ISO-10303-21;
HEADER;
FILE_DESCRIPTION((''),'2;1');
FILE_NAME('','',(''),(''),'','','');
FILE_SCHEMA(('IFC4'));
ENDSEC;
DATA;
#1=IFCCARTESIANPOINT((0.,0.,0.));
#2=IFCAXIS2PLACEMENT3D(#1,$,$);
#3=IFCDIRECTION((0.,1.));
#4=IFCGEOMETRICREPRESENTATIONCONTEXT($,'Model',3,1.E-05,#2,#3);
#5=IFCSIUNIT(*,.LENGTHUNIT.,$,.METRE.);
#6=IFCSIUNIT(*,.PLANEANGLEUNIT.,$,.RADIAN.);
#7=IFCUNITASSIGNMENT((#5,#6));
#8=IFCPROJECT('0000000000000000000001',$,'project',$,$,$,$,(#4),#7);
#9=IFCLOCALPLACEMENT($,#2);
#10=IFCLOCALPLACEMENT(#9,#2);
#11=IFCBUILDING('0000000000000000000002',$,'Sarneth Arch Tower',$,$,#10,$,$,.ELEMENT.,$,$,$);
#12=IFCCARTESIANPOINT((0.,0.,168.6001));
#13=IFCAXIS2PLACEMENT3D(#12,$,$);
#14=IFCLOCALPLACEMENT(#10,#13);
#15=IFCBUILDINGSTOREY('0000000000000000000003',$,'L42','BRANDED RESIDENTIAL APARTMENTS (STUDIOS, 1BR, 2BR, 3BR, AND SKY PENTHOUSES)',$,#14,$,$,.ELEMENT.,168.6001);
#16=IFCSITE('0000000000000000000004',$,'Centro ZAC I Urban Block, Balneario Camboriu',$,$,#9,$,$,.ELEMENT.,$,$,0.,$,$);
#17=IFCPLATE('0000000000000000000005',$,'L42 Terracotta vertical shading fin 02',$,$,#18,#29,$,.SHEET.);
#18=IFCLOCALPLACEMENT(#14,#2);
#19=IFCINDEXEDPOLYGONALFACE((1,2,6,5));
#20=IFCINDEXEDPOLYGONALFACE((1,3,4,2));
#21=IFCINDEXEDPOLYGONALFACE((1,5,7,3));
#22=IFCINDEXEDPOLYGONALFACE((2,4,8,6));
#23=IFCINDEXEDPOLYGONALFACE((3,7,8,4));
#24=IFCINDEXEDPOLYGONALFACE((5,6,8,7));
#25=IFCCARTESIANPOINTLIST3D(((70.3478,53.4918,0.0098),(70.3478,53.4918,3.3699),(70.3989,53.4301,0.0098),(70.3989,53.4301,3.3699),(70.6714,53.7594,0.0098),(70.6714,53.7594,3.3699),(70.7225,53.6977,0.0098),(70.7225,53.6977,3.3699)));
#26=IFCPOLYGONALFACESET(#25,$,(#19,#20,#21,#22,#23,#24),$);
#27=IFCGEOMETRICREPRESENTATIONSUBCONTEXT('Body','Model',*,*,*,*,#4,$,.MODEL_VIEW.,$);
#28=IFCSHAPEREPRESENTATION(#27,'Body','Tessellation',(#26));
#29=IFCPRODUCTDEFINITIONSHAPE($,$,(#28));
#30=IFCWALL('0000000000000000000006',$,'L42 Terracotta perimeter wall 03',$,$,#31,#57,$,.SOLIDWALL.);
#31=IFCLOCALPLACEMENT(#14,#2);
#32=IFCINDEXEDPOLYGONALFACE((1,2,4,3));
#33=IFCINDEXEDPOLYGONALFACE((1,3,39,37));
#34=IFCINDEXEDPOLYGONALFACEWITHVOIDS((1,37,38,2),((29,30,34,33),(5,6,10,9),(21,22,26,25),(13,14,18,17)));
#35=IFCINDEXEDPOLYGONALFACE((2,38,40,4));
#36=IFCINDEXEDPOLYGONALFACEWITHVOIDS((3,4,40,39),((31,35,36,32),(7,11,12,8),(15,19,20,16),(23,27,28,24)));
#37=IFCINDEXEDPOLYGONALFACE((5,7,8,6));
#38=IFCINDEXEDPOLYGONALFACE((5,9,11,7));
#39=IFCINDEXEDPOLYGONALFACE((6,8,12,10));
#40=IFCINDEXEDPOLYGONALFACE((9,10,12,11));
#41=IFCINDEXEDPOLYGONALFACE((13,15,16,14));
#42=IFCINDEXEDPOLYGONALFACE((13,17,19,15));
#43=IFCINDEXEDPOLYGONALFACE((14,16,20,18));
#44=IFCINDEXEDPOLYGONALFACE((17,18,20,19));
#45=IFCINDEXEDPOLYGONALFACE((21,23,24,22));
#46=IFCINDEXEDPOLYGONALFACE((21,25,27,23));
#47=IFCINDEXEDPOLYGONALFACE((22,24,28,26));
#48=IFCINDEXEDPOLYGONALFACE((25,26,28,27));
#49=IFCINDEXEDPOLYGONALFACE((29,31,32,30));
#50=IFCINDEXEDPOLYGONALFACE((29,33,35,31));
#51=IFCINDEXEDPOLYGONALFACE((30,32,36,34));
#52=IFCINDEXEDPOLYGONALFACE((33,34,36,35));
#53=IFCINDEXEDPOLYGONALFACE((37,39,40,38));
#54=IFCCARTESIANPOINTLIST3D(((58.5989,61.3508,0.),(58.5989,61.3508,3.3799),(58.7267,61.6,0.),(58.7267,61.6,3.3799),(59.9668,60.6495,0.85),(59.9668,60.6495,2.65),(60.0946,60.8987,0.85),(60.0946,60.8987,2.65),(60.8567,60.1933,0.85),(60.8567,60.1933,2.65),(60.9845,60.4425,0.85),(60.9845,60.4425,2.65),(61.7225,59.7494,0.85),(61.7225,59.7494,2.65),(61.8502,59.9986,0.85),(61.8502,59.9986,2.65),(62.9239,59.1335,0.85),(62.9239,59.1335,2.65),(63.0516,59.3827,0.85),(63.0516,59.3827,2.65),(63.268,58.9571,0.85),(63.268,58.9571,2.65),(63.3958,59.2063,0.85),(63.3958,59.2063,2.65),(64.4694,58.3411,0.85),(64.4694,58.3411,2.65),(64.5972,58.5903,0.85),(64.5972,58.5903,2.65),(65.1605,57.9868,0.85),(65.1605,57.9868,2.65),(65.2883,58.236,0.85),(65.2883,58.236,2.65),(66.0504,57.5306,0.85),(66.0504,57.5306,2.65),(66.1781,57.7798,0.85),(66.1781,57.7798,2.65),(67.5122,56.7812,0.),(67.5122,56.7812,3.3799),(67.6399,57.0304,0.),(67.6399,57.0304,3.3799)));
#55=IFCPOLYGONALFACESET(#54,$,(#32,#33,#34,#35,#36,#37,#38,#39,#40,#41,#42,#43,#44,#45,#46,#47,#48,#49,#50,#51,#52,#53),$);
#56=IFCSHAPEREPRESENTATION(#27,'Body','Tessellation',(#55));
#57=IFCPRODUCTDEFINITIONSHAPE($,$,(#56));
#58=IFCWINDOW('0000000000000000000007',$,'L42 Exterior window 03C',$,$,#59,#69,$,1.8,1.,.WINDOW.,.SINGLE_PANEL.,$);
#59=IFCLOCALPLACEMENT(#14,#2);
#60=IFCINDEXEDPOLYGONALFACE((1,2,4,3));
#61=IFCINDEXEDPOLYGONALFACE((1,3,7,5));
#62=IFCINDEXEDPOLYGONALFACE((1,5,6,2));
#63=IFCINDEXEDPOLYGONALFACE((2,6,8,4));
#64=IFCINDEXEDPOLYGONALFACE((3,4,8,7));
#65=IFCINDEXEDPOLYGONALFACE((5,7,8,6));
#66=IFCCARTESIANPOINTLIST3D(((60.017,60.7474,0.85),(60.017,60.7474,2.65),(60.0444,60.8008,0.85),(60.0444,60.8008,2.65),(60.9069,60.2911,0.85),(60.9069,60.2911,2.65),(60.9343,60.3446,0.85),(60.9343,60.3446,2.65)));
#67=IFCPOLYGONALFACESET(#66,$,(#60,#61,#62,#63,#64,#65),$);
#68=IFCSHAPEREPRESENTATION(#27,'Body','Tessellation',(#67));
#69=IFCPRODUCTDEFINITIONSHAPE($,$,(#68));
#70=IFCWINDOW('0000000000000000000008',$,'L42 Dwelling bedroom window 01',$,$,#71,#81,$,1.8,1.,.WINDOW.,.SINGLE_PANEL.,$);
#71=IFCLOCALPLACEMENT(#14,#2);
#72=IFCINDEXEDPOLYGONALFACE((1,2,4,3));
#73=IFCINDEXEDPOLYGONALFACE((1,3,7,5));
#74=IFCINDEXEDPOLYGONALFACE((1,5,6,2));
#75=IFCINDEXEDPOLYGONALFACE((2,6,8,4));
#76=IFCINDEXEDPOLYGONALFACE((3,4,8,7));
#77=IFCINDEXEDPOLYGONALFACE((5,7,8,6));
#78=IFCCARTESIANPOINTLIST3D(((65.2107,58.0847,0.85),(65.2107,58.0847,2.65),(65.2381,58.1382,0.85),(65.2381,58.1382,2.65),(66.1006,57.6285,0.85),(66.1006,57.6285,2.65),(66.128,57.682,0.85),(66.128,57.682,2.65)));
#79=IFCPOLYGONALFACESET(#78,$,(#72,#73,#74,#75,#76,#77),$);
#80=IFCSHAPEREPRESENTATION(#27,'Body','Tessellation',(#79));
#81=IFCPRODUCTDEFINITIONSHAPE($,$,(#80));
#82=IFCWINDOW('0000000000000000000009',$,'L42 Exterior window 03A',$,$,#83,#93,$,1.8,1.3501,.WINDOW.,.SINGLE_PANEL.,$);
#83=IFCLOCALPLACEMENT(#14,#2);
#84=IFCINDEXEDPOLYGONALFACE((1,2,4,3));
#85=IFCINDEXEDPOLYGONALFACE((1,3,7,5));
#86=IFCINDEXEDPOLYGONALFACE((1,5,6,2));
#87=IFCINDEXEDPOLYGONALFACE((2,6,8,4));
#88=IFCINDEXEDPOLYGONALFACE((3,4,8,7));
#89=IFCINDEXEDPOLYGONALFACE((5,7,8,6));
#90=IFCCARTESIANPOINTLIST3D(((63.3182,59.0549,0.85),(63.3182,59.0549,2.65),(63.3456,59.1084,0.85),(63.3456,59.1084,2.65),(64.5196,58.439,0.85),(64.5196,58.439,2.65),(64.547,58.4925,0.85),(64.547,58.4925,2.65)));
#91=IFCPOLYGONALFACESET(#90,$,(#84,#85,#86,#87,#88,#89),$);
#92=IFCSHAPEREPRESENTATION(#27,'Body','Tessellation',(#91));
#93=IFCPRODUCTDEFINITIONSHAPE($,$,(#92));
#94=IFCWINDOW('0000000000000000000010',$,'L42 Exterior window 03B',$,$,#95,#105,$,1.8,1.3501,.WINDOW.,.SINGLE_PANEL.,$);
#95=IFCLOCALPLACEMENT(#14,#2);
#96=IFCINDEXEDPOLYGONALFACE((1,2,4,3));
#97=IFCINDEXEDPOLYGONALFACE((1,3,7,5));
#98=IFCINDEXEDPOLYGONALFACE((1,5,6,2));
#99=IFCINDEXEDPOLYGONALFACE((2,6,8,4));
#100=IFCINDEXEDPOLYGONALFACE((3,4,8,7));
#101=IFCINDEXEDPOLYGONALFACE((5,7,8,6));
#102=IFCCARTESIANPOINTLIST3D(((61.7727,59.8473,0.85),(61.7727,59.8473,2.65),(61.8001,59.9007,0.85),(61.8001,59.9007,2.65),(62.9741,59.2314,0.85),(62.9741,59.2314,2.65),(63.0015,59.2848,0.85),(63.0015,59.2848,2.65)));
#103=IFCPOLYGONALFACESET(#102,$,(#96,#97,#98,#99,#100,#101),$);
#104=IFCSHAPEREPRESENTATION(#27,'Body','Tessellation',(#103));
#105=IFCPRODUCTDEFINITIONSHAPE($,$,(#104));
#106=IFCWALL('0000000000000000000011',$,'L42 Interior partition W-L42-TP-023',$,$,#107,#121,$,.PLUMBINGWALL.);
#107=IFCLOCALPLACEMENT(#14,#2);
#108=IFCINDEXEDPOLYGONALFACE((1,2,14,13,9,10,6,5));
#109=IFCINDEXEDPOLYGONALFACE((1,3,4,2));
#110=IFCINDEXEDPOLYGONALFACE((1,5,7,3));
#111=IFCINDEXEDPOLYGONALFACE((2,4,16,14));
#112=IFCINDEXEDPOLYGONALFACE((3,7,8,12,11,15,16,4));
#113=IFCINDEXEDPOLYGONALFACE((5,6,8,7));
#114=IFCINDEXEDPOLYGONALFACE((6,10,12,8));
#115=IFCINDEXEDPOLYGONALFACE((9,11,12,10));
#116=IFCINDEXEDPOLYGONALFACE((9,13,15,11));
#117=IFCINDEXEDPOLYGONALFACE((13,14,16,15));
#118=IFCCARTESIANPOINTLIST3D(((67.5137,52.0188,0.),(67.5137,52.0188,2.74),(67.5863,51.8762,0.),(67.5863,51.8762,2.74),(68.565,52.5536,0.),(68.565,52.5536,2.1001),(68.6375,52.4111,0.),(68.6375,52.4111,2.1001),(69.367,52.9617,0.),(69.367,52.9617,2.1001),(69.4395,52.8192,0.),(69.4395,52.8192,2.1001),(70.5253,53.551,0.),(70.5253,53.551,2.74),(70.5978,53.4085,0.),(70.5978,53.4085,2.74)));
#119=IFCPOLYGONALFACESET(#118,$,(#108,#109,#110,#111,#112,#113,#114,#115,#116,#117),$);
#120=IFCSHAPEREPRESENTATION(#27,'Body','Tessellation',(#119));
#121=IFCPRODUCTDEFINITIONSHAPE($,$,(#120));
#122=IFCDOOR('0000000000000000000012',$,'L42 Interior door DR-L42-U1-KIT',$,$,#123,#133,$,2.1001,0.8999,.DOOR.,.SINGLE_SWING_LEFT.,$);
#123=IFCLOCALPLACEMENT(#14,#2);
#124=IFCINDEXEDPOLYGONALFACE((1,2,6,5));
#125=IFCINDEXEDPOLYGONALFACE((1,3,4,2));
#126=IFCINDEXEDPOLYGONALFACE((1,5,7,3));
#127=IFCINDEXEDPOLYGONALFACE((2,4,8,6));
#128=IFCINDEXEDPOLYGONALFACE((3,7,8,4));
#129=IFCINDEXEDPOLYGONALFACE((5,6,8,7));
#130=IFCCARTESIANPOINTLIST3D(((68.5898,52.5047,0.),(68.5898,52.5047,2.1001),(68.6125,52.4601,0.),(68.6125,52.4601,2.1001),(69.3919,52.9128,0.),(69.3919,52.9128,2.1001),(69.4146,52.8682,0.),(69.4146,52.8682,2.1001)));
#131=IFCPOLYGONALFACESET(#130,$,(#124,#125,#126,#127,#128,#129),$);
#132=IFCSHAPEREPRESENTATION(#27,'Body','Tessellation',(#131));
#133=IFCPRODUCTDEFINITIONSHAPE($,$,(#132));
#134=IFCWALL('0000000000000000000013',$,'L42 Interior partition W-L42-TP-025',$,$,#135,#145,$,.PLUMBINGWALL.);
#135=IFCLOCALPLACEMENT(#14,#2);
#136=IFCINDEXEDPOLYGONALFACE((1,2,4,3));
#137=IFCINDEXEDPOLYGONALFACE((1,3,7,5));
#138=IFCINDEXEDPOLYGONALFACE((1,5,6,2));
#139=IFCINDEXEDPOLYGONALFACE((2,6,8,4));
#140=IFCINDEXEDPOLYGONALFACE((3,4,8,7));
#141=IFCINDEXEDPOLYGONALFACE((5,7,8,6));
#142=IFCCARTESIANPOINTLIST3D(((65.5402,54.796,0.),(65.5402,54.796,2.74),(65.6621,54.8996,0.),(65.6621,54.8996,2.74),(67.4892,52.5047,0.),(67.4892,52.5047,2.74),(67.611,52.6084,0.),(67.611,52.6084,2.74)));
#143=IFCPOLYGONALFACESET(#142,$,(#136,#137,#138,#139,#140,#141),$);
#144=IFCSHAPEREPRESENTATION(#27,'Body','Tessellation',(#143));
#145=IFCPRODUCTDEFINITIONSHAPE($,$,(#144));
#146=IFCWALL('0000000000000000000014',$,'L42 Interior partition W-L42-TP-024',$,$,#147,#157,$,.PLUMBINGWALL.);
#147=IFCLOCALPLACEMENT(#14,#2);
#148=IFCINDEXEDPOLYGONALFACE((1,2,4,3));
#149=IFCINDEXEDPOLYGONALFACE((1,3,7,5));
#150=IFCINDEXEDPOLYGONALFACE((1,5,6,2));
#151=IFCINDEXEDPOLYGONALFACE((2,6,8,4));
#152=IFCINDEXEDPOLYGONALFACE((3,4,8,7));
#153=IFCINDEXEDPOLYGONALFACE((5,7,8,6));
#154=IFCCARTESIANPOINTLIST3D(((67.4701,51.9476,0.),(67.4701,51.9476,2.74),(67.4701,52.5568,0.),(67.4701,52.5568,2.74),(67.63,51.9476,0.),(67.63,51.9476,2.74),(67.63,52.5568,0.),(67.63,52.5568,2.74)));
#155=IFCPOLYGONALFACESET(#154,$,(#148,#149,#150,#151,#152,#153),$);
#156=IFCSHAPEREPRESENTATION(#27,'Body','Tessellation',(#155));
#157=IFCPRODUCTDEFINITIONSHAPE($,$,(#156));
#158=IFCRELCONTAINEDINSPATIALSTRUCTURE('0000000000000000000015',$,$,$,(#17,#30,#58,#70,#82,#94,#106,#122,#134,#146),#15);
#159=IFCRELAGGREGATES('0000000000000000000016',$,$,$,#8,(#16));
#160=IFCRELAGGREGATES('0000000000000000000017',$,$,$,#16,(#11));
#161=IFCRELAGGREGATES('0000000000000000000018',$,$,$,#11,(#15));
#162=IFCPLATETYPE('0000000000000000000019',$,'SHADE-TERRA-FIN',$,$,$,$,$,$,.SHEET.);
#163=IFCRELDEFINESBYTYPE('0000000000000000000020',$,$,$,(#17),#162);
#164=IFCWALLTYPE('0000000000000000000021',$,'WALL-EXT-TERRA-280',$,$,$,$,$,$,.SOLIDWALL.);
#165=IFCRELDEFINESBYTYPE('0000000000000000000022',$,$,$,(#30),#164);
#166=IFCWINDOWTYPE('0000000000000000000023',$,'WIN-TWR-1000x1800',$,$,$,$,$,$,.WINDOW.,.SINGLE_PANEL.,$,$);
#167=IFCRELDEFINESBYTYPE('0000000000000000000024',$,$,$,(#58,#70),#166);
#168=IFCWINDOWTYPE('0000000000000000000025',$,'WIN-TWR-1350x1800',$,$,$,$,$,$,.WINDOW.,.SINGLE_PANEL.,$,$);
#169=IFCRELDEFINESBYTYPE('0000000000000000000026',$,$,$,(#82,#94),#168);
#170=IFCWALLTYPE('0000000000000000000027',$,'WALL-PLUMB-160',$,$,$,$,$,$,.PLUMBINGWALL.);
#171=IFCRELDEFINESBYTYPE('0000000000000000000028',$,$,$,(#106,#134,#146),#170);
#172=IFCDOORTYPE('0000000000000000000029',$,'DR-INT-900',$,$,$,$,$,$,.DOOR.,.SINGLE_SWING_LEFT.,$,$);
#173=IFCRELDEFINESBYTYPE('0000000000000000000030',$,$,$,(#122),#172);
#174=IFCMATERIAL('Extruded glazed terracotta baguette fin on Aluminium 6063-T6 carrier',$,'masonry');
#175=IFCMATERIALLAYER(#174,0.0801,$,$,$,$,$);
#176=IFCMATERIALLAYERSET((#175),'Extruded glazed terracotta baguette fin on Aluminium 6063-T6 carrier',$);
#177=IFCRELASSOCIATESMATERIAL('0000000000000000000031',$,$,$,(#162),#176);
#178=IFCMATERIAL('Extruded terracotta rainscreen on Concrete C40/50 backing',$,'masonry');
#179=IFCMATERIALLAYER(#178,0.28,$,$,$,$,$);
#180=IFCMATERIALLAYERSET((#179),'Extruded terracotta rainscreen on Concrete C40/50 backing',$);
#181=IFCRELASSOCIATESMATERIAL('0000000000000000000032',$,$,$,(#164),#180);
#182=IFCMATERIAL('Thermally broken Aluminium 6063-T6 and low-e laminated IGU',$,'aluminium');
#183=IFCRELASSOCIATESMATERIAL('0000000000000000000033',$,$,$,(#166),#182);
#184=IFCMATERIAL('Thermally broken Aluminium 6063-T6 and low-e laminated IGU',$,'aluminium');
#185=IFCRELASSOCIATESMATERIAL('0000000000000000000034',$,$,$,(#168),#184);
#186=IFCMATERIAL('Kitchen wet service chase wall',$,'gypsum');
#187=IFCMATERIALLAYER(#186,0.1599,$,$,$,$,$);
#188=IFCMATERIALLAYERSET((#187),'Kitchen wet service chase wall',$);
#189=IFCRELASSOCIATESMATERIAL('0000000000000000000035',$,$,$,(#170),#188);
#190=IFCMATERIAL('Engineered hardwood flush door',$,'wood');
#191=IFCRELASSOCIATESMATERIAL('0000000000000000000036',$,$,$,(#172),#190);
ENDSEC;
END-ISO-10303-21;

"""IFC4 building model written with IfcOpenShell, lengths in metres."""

from ifc_helpers import new_model, si_unit, direction, frame, frame_2d, origin, origin_2d, place, context, subcontext, project, spatial, rectangle, extrude, material, layer, layer_set, type_object, element, fill, save


model = new_model("IFC4")

# Units and contexts
model_context = context("Model", 3, precision=1e-05, world=origin(), true_north=direction((0.0, 1.0)))
body_context = subcontext(model_context, "Body", "Model", "MODEL_VIEW")
ifc_project = project(units=[si_unit("LENGTHUNIT", "METRE"), si_unit("PLANEANGLEUNIT", "RADIAN")], contexts=[model_context])

# Site, building, storey
site_placement = place(None, origin())
site = spatial("IfcSite", under=ifc_project, at=site_placement, Name="Centro ZAC I Urban Block, Balneario Camboriu", CompositionType="ELEMENT", RefElevation=0.0)
building_placement = place(site_placement, origin())
building = spatial("IfcBuilding", under=site, at=building_placement, Name="Sarneth Arch Tower", CompositionType="ELEMENT")
storey_placement = place(building_placement, frame((0.0, 0.0, 168.6001)))
storey = spatial("IfcBuildingStorey", under=building, at=storey_placement, Name="L42", Description="BRANDED RESIDENTIAL APARTMENTS (STUDIOS, 1BR, 2BR, 3BR, AND SKY PENTHOUSES)", CompositionType="ELEMENT", Elevation=168.6001)

# Plate
ifc_material_1 = material(Name="Extruded glazed terracotta baguette fin on Aluminium 6063-T6 carrier", Category="masonry")
ifc_layer_1 = layer(ifc_material_1, 0.0801)
ifc_layer_set_1 = layer_set([ifc_layer_1], Name="Extruded glazed terracotta baguette fin on Aluminium 6063-T6 carrier")
plate_type_1 = type_object("IfcPlateType", Name="SHADE-TERRA-FIN", PredefinedType="SHEET", material=ifc_layer_set_1)
plate_1_placement = place(storey_placement, frame((70.5352, 53.5947, 0.0098), z_axis=(0.0, 0.0, 1.0), x_axis=(0.770624, 0.63729, 0.0)))
element("IfcPlate", 1, at=plate_1_placement, inside=storey, type_object=plate_type_1, Name="L42 Terracotta vertical shading fin 02", PredefinedType="SHEET", context=body_context, shape_type="SweptSolid", body=[
    extrude(rectangle(XDim=0.4199, YDim=0.0801, at=origin_2d()), origin(), (0.0, 0.0, 1.0), 3.3601),
])

# Wall, openings, windows
ifc_material_2 = material(Name="Extruded terracotta rainscreen on Concrete C40/50 backing", Category="masonry")
ifc_layer_2 = layer(ifc_material_2, 0.28)
ifc_layer_set_2 = layer_set([ifc_layer_2], Name="Extruded terracotta rainscreen on Concrete C40/50 backing")
wall_type_1 = type_object("IfcWallType", Name="WALL-EXT-TERRA-280", PredefinedType="SOLIDWALL", material=ifc_layer_set_2)
wall_1_placement = place(storey_placement, frame((67.5762, 56.9058, 0.0), z_axis=(0.0, 0.0, 1.0), x_axis=(-0.889873, 0.456209, 0.0)))
wall_1 = element("IfcWall", 2, at=wall_1_placement, inside=storey, type_object=wall_type_1, Name="L42 Terracotta perimeter wall 03", PredefinedType="SOLIDWALL", context=body_context, shape_type="SweptSolid", body=[
    extrude(rectangle(XDim=10.0164, YDim=0.28, at=frame_2d((5.0083, 0.0))), origin(), (0.0, 0.0, 1.0), 3.3799),
])
opening_1_placement = place(wall_1_placement, frame((3.4194, 0.0, 0.8501)))
opening_1 = element("IfcOpeningElement", 3, at=opening_1_placement, cuts=wall_1, PredefinedType="OPENING", context=body_context, shape_type="SweptSolid", body=[
    extrude(rectangle(XDim=1.3501, YDim=1.8, at=frame_2d((0.675, 0.8999))), frame((0.0, 0.1499, 0.0), z_axis=(0.0, -1.0, 0.0), x_axis=(1.0, 0.0, 0.0)), (0.0, 0.0, 1.0), 0.3),
])
opening_2_placement = place(wall_1_placement, frame((5.1562, 0.0, 0.8501)))
opening_2 = element("IfcOpeningElement", 4, at=opening_2_placement, cuts=wall_1, PredefinedType="OPENING", context=body_context, shape_type="SweptSolid", body=[
    extrude(rectangle(XDim=1.3501, YDim=1.8, at=frame_2d((0.675, 0.8999))), frame((0.0, 0.1499, 0.0), z_axis=(0.0, -1.0, 0.0), x_axis=(1.0, 0.0, 0.0)), (0.0, 0.0, 1.0), 0.3),
])
opening_3_placement = place(wall_1_placement, frame((7.4792, 0.0, 0.8501)))
opening_3 = element("IfcOpeningElement", 5, at=opening_3_placement, cuts=wall_1, PredefinedType="OPENING", context=body_context, shape_type="SweptSolid", body=[
    extrude(rectangle(XDim=1.0, YDim=1.8, at=frame_2d((0.5, 0.8999))), frame((0.0, 0.1499, 0.0), z_axis=(0.0, -1.0, 0.0), x_axis=(1.0, 0.0, 0.0)), (0.0, 0.0, 1.0), 0.3),
])
opening_4_placement = place(wall_1_placement, frame((1.6428, 0.0, 0.8501)))
opening_4 = element("IfcOpeningElement", 6, at=opening_4_placement, cuts=wall_1, PredefinedType="OPENING", context=body_context, shape_type="SweptSolid", body=[
    extrude(rectangle(XDim=1.0, YDim=1.8, at=frame_2d((0.5, 0.8999))), frame((0.0, 0.1499, 0.0), z_axis=(0.0, -1.0, 0.0), x_axis=(1.0, 0.0, 0.0)), (0.0, 0.0, 1.0), 0.3),
])
ifc_material_3 = material(Name="Thermally broken Aluminium 6063-T6 and low-e laminated IGU", Category="aluminium")
window_type_1 = type_object("IfcWindowType", Name="WIN-TWR-1000x1800", PartitioningType="SINGLE_PANEL", PredefinedType="WINDOW", material=ifc_material_3)
window_1_placement = place(opening_3_placement, origin())
window_1 = element("IfcWindow", 7, at=window_1_placement, inside=storey, type_object=window_type_1, Name="L42 Exterior window 03C", OverallHeight=1.8, OverallWidth=1.0, PartitioningType="SINGLE_PANEL", PredefinedType="WINDOW", context=body_context, shape_type="SweptSolid", body=[
    extrude(rectangle(XDim=1.0, YDim=1.8, at=frame_2d((0.5, 0.8999))), frame((0.0, 0.03, 0.0), z_axis=(0.0, -1.0, 0.0), x_axis=(1.0, 0.0, 0.0)), (0.0, 0.0, 1.0), 0.0601),
])
fill(opening_3, window_1)
window_2_placement = place(opening_4_placement, origin())
window_2 = element("IfcWindow", 8, at=window_2_placement, inside=storey, type_object=window_type_1, Name="L42 Dwelling bedroom window 01", OverallHeight=1.8, OverallWidth=1.0, PartitioningType="SINGLE_PANEL", PredefinedType="WINDOW", context=body_context, shape_type="SweptSolid", body=[
    extrude(rectangle(XDim=1.0, YDim=1.8, at=frame_2d((0.5, 0.8999))), frame((0.0, 0.03, 0.0), z_axis=(0.0, -1.0, 0.0), x_axis=(1.0, 0.0, 0.0)), (0.0, 0.0, 1.0), 0.0601),
])
fill(opening_4, window_2)
ifc_material_4 = material(Name="Thermally broken Aluminium 6063-T6 and low-e laminated IGU", Category="aluminium")
window_type_2 = type_object("IfcWindowType", Name="WIN-TWR-1350x1800", PartitioningType="SINGLE_PANEL", PredefinedType="WINDOW", material=ifc_material_4)
window_3_placement = place(opening_1_placement, origin())
window_3 = element("IfcWindow", 9, at=window_3_placement, inside=storey, type_object=window_type_2, Name="L42 Exterior window 03A", OverallHeight=1.8, OverallWidth=1.3501, PartitioningType="SINGLE_PANEL", PredefinedType="WINDOW", context=body_context, shape_type="SweptSolid", body=[
    extrude(rectangle(XDim=1.3501, YDim=1.8, at=frame_2d((0.675, 0.8999))), frame((0.0, 0.03, 0.0), z_axis=(0.0, -1.0, 0.0), x_axis=(1.0, 0.0, 0.0)), (0.0, 0.0, 1.0), 0.0601),
])
fill(opening_1, window_3)
window_4_placement = place(opening_2_placement, origin())
window_4 = element("IfcWindow", 10, at=window_4_placement, inside=storey, type_object=window_type_2, Name="L42 Exterior window 03B", OverallHeight=1.8, OverallWidth=1.3501, PartitioningType="SINGLE_PANEL", PredefinedType="WINDOW", context=body_context, shape_type="SweptSolid", body=[
    extrude(rectangle(XDim=1.3501, YDim=1.8, at=frame_2d((0.675, 0.8999))), frame((0.0, 0.03, 0.0), z_axis=(0.0, -1.0, 0.0), x_axis=(1.0, 0.0, 0.0)), (0.0, 0.0, 1.0), 0.0601),
])
fill(opening_2, window_4)

# Wall, opening, door
ifc_material_5 = material(Name="Kitchen wet service chase wall", Category="gypsum")
ifc_layer_3 = layer(ifc_material_5, 0.1599)
ifc_layer_set_3 = layer_set([ifc_layer_3], Name="Kitchen wet service chase wall")
wall_type_2 = type_object("IfcWallType", Name="WALL-PLUMB-160", PredefinedType="PLUMBINGWALL", material=ifc_layer_set_3)
wall_2_placement = place(storey_placement, frame((70.5615, 53.4797, 0.0), z_axis=(0.0, 0.0, 1.0), x_axis=(-0.891269, -0.453474, 0.0)))
wall_2 = element("IfcWall", 11, at=wall_2_placement, inside=storey, type_object=wall_type_2, Name="L42 Interior partition W-L42-TP-023", PredefinedType="PLUMBINGWALL", context=body_context, shape_type="SweptSolid", body=[
    extrude(rectangle(XDim=3.3789, YDim=0.1599, at=frame_2d((1.6895, 0.0))), origin(), (0.0, 0.0, 1.0), 2.74),
])
opening_5_placement = place(wall_2_placement, frame((1.2996, 0.0, 0.0)))
opening_5 = element("IfcOpeningElement", 12, at=opening_5_placement, cuts=wall_2, PredefinedType="OPENING", context=body_context, shape_type="SweptSolid", body=[
    extrude(rectangle(XDim=0.8999, YDim=2.1001, at=frame_2d((0.45, 1.05))), frame((0.0, 0.0898, 0.0), z_axis=(0.0, -1.0, 0.0), x_axis=(1.0, 0.0, 0.0)), (0.0, 0.0, 1.0), 0.1799),
])
ifc_material_6 = material(Name="Engineered hardwood flush door", Category="wood")
door_type = type_object("IfcDoorType", Name="DR-INT-900", OperationType="SINGLE_SWING_LEFT", PredefinedType="DOOR", material=ifc_material_6)
door_placement = place(opening_5_placement, origin())
door = element("IfcDoor", 13, at=door_placement, inside=storey, type_object=door_type, Name="L42 Interior door DR-L42-U1-KIT", OperationType="SINGLE_SWING_LEFT", OverallHeight=2.1001, OverallWidth=0.8999, PredefinedType="DOOR", context=body_context, shape_type="SweptSolid", body=[
    extrude(rectangle(XDim=0.8999, YDim=2.1001, at=frame_2d((0.45, 1.05))), frame((0.0, 0.0249, 0.0), z_axis=(0.0, -1.0, 0.0), x_axis=(1.0, 0.0, 0.0)), (0.0, 0.0, 1.0), 0.05),
])
fill(opening_5, door)

# Walls
wall_3_placement = place(storey_placement, frame((67.55, 52.5566, 0.0), z_axis=(0.0, 0.0, 1.0), x_axis=(-0.647919, 0.761709, 0.0)))
element("IfcWall", 14, at=wall_3_placement, inside=storey, type_object=wall_type_2, Name="L42 Interior partition W-L42-TP-025", PredefinedType="PLUMBINGWALL", context=body_context, shape_type="SweptSolid", body=[
    extrude(rectangle(XDim=3.0081, YDim=0.1599, at=frame_2d((1.5039, 0.0))), origin(), (0.0, 0.0, 1.0), 2.74),
])
wall_4_placement = place(storey_placement, frame((67.55, 51.9475, 0.0), z_axis=(0.0, 0.0, 1.0), x_axis=(0.0, 1.0, 0.0)))
element("IfcWall", 15, at=wall_4_placement, inside=storey, type_object=wall_type_2, Name="L42 Interior partition W-L42-TP-024", PredefinedType="PLUMBINGWALL", context=body_context, shape_type="SweptSolid", body=[
    extrude(rectangle(XDim=0.6091, YDim=0.1599, at=frame_2d((0.3047, 0.0))), origin(), (0.0, 0.0, 1.0), 2.74),
])

save(model, "model.ifc")
